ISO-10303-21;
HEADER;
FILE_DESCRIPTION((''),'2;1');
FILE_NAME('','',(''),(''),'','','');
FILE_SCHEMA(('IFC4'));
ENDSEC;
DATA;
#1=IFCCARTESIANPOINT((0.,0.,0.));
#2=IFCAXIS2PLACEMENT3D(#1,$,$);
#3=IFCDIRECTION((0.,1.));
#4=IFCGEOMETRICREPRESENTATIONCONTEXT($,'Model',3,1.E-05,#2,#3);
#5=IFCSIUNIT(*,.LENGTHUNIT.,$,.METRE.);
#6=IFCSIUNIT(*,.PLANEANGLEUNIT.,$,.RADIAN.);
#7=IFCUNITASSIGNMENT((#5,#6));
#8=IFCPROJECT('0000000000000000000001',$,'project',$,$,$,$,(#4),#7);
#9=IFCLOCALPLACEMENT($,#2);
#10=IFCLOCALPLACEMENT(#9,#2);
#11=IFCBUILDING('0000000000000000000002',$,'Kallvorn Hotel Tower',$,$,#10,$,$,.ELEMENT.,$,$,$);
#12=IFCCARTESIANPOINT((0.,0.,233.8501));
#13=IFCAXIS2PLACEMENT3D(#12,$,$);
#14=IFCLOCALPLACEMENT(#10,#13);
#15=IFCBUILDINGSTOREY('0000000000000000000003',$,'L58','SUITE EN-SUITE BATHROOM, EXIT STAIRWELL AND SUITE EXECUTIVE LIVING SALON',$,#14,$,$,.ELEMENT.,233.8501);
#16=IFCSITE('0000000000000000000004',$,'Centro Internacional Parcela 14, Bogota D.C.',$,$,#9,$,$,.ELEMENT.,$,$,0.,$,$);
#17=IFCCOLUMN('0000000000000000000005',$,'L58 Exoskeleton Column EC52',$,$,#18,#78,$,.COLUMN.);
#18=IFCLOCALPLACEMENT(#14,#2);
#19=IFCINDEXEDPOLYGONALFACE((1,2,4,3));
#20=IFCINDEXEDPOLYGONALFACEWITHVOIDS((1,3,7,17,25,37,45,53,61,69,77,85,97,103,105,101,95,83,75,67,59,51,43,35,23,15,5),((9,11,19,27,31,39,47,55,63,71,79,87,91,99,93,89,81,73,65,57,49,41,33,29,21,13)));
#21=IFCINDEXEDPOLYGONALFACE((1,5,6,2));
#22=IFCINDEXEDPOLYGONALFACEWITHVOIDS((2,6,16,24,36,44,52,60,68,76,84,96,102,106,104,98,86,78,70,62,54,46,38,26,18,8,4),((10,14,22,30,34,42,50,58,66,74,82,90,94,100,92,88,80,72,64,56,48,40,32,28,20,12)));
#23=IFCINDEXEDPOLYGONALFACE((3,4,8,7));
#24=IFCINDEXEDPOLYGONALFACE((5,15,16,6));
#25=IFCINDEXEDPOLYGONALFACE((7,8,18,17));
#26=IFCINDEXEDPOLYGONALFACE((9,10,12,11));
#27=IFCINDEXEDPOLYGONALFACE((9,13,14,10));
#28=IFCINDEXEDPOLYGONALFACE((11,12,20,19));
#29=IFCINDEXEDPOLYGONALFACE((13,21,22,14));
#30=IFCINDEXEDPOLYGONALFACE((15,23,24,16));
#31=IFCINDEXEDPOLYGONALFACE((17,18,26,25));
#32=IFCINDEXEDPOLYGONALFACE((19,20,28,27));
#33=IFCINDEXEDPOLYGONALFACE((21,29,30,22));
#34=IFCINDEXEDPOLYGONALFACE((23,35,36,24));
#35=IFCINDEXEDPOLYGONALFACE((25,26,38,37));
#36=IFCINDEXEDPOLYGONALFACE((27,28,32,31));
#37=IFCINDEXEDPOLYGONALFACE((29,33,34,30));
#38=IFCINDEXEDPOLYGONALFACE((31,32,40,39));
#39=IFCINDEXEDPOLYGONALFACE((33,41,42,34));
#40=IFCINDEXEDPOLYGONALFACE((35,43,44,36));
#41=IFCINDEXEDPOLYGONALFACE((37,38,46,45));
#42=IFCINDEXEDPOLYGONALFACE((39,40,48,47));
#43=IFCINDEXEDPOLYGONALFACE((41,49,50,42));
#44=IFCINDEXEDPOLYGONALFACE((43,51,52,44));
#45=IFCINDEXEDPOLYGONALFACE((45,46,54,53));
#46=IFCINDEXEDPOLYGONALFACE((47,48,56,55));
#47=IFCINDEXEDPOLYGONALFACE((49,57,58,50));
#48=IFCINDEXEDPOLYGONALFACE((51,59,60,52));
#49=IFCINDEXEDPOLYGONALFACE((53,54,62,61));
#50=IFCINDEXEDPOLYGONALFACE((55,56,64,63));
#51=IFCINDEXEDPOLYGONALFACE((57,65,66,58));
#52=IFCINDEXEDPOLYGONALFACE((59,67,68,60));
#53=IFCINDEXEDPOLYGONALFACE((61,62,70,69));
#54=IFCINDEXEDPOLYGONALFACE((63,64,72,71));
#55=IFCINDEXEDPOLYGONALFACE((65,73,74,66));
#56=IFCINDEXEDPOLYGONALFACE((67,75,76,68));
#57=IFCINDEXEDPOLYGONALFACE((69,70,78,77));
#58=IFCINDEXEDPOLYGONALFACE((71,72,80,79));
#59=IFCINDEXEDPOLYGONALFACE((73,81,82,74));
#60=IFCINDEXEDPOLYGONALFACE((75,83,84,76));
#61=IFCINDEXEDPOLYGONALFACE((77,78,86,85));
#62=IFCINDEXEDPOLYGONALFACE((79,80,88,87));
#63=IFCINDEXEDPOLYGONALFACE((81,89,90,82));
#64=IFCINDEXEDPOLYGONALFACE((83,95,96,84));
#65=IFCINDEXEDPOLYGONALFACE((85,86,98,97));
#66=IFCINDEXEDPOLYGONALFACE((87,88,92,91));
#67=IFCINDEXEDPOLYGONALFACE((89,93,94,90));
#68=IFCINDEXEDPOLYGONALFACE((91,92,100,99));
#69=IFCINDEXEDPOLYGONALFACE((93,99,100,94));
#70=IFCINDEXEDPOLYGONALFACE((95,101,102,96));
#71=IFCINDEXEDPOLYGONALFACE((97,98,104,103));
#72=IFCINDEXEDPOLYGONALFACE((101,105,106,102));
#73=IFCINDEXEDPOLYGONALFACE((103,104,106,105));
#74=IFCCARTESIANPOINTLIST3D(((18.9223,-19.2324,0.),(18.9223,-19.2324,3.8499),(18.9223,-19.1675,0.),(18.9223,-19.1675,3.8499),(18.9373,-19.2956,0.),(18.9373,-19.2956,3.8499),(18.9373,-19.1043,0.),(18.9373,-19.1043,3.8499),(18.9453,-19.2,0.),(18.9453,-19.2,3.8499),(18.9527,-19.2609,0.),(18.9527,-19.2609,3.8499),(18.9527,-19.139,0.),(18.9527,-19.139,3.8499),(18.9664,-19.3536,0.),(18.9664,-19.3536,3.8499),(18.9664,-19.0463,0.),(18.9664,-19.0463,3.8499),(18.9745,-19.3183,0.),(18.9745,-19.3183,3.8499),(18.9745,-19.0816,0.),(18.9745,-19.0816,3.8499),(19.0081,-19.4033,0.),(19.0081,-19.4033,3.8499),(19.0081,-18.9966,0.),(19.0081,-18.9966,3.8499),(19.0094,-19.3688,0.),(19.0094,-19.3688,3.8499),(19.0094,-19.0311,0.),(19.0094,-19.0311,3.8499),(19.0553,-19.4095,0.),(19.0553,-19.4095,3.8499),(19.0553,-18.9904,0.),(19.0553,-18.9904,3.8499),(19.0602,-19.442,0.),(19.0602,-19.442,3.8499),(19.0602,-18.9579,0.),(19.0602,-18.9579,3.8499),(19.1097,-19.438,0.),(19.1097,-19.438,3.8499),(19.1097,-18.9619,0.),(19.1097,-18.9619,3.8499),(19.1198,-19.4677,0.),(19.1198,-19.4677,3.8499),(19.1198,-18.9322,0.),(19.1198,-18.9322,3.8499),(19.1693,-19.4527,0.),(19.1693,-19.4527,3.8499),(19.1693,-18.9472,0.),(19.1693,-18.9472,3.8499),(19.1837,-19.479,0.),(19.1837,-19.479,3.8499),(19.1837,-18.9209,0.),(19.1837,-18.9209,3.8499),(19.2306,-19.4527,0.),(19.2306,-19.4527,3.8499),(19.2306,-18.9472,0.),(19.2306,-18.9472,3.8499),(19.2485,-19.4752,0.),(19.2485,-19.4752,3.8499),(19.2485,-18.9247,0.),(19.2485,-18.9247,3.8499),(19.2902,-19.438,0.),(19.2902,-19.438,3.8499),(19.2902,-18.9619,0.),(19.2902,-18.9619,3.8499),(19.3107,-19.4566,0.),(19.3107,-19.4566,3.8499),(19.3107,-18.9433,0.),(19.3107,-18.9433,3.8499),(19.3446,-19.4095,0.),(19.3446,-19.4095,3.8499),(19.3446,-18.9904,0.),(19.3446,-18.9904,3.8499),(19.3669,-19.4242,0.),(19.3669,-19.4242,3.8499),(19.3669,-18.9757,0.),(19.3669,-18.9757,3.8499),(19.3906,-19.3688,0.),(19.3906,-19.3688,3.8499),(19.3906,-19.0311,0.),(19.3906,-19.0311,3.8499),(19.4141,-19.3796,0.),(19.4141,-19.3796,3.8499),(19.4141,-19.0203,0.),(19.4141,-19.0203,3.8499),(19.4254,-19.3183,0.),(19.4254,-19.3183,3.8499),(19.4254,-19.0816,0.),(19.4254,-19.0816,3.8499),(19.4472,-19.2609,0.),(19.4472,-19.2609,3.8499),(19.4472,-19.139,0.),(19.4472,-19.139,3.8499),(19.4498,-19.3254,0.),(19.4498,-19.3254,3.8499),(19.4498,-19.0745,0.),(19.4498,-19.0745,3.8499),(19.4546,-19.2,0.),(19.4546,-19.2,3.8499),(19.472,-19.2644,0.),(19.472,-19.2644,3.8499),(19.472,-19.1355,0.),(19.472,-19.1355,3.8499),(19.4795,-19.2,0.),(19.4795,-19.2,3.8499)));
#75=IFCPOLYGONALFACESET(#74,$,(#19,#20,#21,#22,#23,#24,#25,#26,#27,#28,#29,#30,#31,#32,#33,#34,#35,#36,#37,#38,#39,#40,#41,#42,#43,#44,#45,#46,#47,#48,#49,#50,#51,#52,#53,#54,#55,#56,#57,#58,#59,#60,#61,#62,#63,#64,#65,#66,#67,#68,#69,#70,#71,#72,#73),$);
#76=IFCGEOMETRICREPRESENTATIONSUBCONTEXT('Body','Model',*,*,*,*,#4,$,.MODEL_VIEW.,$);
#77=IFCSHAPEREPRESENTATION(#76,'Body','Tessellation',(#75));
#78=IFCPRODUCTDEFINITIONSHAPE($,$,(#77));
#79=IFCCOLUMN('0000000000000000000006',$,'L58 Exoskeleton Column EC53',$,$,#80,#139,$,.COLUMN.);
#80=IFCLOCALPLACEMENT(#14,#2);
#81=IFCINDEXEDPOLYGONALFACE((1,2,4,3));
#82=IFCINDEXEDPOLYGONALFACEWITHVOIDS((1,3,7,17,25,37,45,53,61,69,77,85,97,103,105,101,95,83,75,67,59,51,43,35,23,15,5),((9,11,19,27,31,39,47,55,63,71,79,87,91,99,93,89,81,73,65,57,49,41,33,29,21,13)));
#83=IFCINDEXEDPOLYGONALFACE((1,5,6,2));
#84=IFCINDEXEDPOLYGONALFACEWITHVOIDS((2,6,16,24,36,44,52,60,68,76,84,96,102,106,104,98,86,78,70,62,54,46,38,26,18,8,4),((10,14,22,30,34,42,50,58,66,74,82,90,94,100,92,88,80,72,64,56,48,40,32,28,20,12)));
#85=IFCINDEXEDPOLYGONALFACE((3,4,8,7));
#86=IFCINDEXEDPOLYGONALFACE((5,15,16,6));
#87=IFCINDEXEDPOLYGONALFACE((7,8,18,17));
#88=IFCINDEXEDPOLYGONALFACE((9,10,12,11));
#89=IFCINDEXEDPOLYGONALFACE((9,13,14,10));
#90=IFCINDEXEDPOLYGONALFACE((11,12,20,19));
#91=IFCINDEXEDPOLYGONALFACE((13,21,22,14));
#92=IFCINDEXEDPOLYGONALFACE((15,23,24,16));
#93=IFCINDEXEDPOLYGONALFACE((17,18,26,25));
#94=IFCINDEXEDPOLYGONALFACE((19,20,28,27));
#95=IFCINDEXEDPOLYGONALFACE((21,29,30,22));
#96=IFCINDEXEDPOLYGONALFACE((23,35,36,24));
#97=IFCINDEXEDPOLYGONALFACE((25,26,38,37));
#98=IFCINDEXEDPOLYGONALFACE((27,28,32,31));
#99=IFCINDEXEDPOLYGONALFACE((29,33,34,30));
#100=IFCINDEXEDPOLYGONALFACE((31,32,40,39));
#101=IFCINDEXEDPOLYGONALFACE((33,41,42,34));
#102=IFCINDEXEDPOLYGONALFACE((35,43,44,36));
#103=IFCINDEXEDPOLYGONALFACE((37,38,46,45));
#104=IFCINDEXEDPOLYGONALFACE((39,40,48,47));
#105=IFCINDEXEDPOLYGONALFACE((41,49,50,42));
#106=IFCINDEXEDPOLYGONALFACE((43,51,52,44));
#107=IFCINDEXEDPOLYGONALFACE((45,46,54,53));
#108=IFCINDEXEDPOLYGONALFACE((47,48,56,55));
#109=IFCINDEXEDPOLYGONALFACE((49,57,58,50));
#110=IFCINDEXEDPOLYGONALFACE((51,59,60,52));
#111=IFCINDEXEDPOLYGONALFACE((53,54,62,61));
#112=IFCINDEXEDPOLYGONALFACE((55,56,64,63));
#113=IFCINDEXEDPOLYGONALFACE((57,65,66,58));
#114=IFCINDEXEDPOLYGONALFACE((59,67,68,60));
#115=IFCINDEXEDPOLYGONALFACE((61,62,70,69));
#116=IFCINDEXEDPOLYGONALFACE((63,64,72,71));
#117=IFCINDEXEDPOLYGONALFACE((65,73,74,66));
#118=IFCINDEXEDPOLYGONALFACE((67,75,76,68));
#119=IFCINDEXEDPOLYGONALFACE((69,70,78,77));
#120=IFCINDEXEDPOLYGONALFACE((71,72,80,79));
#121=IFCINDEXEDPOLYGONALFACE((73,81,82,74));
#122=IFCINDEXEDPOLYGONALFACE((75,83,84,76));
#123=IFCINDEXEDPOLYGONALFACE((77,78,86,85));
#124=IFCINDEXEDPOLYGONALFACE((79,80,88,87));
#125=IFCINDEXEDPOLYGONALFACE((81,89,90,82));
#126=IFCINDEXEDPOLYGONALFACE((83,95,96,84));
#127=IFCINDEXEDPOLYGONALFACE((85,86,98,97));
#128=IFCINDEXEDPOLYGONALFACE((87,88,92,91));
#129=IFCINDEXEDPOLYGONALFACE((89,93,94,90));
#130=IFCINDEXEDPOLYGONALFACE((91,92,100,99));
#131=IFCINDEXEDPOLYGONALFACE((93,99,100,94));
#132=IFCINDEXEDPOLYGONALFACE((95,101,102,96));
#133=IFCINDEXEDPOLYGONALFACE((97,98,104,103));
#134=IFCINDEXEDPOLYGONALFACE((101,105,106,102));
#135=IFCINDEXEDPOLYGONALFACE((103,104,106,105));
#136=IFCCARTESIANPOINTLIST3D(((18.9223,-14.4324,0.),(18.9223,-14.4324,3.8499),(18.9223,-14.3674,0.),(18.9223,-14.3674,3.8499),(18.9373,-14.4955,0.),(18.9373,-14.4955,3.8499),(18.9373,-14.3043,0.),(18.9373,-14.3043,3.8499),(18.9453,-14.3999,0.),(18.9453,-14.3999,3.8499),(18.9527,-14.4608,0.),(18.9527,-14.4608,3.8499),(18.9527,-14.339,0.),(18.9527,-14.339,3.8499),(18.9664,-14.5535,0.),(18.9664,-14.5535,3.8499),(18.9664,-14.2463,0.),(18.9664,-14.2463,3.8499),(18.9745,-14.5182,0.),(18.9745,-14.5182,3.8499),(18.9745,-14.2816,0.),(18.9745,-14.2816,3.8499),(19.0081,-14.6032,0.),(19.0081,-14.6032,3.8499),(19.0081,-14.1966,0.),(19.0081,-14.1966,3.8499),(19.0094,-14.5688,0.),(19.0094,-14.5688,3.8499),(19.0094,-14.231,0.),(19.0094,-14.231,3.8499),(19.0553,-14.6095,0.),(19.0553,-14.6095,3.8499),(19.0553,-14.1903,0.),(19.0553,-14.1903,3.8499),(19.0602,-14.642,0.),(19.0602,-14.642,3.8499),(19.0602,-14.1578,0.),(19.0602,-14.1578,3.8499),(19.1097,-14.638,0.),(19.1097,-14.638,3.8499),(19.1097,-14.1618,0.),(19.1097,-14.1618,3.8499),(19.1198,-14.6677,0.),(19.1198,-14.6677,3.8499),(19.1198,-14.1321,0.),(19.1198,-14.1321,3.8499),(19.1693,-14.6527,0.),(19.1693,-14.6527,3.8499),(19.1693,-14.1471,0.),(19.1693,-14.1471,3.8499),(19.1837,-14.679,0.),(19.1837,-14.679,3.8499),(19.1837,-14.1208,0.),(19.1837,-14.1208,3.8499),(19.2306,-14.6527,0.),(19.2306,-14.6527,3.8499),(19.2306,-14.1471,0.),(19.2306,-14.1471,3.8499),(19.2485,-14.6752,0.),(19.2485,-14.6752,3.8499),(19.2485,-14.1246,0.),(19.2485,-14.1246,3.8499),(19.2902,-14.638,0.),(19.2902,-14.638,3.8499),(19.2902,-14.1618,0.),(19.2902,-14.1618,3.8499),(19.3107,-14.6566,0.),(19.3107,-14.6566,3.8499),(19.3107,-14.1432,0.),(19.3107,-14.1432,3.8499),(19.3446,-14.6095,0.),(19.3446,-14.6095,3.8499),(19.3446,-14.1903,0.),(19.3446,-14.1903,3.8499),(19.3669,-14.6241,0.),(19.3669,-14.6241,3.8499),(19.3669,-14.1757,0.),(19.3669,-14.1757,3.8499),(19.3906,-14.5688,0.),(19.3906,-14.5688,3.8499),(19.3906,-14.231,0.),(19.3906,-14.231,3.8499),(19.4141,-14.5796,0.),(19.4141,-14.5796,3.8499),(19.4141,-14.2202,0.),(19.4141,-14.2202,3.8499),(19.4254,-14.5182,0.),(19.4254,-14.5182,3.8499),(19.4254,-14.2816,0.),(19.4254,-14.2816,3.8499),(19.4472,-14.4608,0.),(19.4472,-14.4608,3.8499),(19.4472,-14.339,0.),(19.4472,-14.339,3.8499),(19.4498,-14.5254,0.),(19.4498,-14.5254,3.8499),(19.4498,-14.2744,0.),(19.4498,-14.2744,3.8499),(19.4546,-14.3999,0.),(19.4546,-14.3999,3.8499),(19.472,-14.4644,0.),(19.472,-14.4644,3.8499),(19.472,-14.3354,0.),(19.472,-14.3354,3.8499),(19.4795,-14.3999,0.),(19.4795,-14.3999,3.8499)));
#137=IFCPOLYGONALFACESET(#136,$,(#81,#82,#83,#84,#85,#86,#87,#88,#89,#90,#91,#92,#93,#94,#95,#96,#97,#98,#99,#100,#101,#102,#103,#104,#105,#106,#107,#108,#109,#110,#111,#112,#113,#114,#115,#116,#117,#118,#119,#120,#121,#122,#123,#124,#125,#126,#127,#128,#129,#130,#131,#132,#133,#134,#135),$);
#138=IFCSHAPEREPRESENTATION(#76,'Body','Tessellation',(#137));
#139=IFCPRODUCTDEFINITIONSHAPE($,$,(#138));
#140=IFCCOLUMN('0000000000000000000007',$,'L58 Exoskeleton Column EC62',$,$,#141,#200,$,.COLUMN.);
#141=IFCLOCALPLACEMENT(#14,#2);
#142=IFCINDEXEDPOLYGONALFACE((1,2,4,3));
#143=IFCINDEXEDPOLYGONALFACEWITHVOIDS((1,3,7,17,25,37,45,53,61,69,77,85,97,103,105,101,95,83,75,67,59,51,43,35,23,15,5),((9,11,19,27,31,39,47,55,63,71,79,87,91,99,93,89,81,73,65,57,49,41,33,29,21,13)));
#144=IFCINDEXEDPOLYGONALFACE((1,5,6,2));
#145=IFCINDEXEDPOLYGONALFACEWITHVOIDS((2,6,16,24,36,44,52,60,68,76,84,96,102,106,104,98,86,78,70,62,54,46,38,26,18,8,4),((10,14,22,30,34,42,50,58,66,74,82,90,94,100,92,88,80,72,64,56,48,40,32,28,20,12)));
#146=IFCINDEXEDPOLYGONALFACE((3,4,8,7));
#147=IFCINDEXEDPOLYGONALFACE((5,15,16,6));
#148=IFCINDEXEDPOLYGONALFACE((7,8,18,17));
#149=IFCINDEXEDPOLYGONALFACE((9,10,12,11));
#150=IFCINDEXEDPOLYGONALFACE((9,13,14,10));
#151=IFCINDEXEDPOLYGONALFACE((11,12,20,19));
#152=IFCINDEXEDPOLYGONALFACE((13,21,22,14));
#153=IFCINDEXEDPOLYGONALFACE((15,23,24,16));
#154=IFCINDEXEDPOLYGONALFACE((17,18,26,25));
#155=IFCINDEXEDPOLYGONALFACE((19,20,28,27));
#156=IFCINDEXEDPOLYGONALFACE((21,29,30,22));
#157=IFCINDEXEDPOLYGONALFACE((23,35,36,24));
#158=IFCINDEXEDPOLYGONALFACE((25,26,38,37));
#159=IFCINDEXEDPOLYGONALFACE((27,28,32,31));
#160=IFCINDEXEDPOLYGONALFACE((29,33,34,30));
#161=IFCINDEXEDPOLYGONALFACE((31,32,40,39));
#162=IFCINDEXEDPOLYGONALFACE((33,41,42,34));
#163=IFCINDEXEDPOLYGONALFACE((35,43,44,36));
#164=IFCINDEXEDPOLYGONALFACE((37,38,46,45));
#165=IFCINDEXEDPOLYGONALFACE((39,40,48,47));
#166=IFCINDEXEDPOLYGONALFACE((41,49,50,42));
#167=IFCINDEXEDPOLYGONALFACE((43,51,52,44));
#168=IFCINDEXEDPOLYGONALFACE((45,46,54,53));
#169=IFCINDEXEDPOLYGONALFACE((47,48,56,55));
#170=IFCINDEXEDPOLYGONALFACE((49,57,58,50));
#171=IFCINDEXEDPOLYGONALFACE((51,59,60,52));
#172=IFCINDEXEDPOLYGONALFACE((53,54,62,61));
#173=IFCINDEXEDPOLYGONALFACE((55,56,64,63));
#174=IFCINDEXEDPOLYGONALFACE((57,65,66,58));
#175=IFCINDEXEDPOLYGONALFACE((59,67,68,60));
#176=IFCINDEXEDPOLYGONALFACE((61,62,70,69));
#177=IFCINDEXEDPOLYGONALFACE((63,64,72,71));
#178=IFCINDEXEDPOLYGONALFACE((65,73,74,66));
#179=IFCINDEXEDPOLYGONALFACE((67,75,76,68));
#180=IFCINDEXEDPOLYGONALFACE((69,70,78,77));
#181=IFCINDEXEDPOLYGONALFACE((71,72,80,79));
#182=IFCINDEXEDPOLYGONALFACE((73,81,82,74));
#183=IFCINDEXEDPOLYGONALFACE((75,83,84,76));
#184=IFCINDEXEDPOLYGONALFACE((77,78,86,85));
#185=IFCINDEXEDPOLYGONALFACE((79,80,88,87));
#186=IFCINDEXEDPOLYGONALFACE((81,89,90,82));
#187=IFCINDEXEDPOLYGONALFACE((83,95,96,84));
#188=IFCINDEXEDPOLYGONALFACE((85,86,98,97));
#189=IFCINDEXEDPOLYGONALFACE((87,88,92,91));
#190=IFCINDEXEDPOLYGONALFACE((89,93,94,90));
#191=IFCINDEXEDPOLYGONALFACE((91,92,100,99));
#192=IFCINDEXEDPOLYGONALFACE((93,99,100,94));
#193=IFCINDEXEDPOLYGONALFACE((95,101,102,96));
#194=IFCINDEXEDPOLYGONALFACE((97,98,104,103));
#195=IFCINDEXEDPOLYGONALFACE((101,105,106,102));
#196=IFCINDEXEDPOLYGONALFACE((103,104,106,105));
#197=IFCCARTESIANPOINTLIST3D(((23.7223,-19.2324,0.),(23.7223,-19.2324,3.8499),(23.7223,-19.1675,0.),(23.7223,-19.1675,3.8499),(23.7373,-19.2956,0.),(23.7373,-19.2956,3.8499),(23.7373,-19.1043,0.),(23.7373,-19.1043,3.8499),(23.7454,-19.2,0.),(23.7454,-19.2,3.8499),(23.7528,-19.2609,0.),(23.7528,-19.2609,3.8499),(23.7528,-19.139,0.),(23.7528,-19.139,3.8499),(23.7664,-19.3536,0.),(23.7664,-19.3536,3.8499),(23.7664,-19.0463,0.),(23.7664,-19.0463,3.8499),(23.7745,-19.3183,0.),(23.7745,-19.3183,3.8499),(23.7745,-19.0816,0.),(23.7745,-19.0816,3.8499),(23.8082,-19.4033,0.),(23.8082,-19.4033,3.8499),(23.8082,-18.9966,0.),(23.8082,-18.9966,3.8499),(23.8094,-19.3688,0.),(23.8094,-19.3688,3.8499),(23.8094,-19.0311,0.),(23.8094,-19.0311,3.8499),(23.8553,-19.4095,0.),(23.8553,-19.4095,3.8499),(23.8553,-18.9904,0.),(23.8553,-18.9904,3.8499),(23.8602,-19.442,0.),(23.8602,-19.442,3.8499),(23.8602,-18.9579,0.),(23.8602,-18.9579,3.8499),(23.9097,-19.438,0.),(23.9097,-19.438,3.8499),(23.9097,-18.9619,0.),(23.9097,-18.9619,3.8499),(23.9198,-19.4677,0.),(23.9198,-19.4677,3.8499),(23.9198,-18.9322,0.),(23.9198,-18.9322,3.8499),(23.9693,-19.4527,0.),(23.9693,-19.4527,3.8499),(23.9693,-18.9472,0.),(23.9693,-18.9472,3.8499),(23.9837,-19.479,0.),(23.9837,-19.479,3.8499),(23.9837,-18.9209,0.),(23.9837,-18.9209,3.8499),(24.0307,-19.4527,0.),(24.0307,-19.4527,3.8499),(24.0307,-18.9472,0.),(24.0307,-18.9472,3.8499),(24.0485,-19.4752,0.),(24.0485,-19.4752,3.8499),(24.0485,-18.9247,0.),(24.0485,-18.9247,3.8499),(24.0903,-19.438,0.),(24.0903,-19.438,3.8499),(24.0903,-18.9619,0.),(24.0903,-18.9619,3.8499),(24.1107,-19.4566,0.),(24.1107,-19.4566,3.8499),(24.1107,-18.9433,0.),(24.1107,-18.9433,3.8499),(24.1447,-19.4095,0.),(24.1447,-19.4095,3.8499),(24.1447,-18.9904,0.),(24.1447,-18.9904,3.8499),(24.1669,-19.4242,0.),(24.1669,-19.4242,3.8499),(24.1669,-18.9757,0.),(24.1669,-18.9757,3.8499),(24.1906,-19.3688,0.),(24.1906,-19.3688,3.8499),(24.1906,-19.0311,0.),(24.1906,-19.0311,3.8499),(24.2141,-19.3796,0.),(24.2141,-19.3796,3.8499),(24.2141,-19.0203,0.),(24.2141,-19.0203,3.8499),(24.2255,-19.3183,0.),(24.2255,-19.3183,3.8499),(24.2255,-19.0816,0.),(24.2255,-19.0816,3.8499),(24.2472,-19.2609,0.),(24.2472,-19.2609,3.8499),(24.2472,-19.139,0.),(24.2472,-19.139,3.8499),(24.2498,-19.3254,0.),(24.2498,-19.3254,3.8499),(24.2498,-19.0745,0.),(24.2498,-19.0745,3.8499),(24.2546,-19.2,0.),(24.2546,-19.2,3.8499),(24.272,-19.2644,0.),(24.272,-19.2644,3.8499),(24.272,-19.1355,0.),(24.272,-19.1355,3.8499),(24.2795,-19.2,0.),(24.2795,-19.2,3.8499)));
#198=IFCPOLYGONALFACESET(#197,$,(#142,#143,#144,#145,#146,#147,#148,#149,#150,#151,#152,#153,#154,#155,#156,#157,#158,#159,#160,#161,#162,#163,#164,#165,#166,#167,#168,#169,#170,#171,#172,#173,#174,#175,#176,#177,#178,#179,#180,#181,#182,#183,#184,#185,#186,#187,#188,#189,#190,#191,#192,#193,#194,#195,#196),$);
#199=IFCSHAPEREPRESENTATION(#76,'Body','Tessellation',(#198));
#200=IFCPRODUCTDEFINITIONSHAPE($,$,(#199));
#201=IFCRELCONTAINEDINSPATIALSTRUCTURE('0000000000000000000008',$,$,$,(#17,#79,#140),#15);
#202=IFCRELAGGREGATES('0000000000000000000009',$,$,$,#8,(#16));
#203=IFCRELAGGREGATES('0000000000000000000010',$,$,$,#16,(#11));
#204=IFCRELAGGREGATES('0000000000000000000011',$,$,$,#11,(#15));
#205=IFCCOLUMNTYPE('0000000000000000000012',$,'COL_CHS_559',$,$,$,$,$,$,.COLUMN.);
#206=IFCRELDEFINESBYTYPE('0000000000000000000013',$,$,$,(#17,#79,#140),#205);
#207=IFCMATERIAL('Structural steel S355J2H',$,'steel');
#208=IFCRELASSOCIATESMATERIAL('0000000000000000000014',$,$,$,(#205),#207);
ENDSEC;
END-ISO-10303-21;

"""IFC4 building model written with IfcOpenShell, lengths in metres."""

from ifc_helpers import new_model, si_unit, direction, frame, origin, origin_2d, place, context, subcontext, project, spatial, hollow_circle, extrude, material, material_profile, profile_set, type_object, element, save


model = new_model("IFC4")

# Units and contexts
model_context = context("Model", 3, precision=1e-05, world=origin(), true_north=direction((0.0, 1.0)))
body_context = subcontext(model_context, "Body", "Model", "MODEL_VIEW")
ifc_project = project(units=[si_unit("LENGTHUNIT", "METRE"), si_unit("PLANEANGLEUNIT", "RADIAN")], contexts=[model_context])

# Site, building, storey
site_placement = place(None, origin())
site = spatial("IfcSite", under=ifc_project, at=site_placement, Name="Centro Internacional Parcela 14, Bogota D.C.", CompositionType="ELEMENT", RefElevation=0.0)
building_placement = place(site_placement, origin())
building = spatial("IfcBuilding", under=site, at=building_placement, Name="Kallvorn Hotel Tower", CompositionType="ELEMENT")
storey_placement = place(building_placement, frame((0.0, 0.0, 233.8501)))
storey = spatial("IfcBuildingStorey", under=building, at=storey_placement, Name="L58", Description="SUITE EN-SUITE BATHROOM, EXIT STAIRWELL AND SUITE EXECUTIVE LIVING SALON", CompositionType="ELEMENT", Elevation=233.8501)

# Columns
ifc_material_1 = material(Name="Structural steel S355J2H", Category="steel")
ifc_material_profile_1 = material_profile(ifc_material_1, hollow_circle(Radius=0.2795, WallThickness=0.0249, at=origin_2d()), Name="CHS 559x25")
ifc_profile_set_1 = profile_set([ifc_material_profile_1], Name="Structural steel S355J2H")
column_type_1 = type_object("IfcColumnType", Name="COL_CHS_559", PredefinedType="COLUMN", material=ifc_profile_set_1)
for number, where, z_axis, x_axis, name in (
    (1, (19.2, -19.2, 0.0), (0.0, 0.0, 1.0), (1.0, 0.0, 0.0), "L58 Exoskeleton Column EC52"),
    (2, (19.2, -14.3999, 0.0), (0.0, 0.0, 1.0), (1.0, 0.0, 0.0), "L58 Exoskeleton Column EC53"),
    (3, (24.0, -19.2, 0.0), (0.0, 0.0, 1.0), (1.0, 0.0, 0.0), "L58 Exoskeleton Column EC62"),
):
    element("IfcColumn", number, at=place(storey_placement, frame(where, z_axis=z_axis, x_axis=x_axis)), inside=storey, type_object=column_type_1, Name=name, PredefinedType="COLUMN", context=body_context, shape_type="SweptSolid", body=[
        extrude(hollow_circle(Radius=0.2795, WallThickness=0.0249, at=origin_2d()), origin(), (0.0, 0.0, 1.0), 3.8499),
    ])

save(model, "model.ifc")
